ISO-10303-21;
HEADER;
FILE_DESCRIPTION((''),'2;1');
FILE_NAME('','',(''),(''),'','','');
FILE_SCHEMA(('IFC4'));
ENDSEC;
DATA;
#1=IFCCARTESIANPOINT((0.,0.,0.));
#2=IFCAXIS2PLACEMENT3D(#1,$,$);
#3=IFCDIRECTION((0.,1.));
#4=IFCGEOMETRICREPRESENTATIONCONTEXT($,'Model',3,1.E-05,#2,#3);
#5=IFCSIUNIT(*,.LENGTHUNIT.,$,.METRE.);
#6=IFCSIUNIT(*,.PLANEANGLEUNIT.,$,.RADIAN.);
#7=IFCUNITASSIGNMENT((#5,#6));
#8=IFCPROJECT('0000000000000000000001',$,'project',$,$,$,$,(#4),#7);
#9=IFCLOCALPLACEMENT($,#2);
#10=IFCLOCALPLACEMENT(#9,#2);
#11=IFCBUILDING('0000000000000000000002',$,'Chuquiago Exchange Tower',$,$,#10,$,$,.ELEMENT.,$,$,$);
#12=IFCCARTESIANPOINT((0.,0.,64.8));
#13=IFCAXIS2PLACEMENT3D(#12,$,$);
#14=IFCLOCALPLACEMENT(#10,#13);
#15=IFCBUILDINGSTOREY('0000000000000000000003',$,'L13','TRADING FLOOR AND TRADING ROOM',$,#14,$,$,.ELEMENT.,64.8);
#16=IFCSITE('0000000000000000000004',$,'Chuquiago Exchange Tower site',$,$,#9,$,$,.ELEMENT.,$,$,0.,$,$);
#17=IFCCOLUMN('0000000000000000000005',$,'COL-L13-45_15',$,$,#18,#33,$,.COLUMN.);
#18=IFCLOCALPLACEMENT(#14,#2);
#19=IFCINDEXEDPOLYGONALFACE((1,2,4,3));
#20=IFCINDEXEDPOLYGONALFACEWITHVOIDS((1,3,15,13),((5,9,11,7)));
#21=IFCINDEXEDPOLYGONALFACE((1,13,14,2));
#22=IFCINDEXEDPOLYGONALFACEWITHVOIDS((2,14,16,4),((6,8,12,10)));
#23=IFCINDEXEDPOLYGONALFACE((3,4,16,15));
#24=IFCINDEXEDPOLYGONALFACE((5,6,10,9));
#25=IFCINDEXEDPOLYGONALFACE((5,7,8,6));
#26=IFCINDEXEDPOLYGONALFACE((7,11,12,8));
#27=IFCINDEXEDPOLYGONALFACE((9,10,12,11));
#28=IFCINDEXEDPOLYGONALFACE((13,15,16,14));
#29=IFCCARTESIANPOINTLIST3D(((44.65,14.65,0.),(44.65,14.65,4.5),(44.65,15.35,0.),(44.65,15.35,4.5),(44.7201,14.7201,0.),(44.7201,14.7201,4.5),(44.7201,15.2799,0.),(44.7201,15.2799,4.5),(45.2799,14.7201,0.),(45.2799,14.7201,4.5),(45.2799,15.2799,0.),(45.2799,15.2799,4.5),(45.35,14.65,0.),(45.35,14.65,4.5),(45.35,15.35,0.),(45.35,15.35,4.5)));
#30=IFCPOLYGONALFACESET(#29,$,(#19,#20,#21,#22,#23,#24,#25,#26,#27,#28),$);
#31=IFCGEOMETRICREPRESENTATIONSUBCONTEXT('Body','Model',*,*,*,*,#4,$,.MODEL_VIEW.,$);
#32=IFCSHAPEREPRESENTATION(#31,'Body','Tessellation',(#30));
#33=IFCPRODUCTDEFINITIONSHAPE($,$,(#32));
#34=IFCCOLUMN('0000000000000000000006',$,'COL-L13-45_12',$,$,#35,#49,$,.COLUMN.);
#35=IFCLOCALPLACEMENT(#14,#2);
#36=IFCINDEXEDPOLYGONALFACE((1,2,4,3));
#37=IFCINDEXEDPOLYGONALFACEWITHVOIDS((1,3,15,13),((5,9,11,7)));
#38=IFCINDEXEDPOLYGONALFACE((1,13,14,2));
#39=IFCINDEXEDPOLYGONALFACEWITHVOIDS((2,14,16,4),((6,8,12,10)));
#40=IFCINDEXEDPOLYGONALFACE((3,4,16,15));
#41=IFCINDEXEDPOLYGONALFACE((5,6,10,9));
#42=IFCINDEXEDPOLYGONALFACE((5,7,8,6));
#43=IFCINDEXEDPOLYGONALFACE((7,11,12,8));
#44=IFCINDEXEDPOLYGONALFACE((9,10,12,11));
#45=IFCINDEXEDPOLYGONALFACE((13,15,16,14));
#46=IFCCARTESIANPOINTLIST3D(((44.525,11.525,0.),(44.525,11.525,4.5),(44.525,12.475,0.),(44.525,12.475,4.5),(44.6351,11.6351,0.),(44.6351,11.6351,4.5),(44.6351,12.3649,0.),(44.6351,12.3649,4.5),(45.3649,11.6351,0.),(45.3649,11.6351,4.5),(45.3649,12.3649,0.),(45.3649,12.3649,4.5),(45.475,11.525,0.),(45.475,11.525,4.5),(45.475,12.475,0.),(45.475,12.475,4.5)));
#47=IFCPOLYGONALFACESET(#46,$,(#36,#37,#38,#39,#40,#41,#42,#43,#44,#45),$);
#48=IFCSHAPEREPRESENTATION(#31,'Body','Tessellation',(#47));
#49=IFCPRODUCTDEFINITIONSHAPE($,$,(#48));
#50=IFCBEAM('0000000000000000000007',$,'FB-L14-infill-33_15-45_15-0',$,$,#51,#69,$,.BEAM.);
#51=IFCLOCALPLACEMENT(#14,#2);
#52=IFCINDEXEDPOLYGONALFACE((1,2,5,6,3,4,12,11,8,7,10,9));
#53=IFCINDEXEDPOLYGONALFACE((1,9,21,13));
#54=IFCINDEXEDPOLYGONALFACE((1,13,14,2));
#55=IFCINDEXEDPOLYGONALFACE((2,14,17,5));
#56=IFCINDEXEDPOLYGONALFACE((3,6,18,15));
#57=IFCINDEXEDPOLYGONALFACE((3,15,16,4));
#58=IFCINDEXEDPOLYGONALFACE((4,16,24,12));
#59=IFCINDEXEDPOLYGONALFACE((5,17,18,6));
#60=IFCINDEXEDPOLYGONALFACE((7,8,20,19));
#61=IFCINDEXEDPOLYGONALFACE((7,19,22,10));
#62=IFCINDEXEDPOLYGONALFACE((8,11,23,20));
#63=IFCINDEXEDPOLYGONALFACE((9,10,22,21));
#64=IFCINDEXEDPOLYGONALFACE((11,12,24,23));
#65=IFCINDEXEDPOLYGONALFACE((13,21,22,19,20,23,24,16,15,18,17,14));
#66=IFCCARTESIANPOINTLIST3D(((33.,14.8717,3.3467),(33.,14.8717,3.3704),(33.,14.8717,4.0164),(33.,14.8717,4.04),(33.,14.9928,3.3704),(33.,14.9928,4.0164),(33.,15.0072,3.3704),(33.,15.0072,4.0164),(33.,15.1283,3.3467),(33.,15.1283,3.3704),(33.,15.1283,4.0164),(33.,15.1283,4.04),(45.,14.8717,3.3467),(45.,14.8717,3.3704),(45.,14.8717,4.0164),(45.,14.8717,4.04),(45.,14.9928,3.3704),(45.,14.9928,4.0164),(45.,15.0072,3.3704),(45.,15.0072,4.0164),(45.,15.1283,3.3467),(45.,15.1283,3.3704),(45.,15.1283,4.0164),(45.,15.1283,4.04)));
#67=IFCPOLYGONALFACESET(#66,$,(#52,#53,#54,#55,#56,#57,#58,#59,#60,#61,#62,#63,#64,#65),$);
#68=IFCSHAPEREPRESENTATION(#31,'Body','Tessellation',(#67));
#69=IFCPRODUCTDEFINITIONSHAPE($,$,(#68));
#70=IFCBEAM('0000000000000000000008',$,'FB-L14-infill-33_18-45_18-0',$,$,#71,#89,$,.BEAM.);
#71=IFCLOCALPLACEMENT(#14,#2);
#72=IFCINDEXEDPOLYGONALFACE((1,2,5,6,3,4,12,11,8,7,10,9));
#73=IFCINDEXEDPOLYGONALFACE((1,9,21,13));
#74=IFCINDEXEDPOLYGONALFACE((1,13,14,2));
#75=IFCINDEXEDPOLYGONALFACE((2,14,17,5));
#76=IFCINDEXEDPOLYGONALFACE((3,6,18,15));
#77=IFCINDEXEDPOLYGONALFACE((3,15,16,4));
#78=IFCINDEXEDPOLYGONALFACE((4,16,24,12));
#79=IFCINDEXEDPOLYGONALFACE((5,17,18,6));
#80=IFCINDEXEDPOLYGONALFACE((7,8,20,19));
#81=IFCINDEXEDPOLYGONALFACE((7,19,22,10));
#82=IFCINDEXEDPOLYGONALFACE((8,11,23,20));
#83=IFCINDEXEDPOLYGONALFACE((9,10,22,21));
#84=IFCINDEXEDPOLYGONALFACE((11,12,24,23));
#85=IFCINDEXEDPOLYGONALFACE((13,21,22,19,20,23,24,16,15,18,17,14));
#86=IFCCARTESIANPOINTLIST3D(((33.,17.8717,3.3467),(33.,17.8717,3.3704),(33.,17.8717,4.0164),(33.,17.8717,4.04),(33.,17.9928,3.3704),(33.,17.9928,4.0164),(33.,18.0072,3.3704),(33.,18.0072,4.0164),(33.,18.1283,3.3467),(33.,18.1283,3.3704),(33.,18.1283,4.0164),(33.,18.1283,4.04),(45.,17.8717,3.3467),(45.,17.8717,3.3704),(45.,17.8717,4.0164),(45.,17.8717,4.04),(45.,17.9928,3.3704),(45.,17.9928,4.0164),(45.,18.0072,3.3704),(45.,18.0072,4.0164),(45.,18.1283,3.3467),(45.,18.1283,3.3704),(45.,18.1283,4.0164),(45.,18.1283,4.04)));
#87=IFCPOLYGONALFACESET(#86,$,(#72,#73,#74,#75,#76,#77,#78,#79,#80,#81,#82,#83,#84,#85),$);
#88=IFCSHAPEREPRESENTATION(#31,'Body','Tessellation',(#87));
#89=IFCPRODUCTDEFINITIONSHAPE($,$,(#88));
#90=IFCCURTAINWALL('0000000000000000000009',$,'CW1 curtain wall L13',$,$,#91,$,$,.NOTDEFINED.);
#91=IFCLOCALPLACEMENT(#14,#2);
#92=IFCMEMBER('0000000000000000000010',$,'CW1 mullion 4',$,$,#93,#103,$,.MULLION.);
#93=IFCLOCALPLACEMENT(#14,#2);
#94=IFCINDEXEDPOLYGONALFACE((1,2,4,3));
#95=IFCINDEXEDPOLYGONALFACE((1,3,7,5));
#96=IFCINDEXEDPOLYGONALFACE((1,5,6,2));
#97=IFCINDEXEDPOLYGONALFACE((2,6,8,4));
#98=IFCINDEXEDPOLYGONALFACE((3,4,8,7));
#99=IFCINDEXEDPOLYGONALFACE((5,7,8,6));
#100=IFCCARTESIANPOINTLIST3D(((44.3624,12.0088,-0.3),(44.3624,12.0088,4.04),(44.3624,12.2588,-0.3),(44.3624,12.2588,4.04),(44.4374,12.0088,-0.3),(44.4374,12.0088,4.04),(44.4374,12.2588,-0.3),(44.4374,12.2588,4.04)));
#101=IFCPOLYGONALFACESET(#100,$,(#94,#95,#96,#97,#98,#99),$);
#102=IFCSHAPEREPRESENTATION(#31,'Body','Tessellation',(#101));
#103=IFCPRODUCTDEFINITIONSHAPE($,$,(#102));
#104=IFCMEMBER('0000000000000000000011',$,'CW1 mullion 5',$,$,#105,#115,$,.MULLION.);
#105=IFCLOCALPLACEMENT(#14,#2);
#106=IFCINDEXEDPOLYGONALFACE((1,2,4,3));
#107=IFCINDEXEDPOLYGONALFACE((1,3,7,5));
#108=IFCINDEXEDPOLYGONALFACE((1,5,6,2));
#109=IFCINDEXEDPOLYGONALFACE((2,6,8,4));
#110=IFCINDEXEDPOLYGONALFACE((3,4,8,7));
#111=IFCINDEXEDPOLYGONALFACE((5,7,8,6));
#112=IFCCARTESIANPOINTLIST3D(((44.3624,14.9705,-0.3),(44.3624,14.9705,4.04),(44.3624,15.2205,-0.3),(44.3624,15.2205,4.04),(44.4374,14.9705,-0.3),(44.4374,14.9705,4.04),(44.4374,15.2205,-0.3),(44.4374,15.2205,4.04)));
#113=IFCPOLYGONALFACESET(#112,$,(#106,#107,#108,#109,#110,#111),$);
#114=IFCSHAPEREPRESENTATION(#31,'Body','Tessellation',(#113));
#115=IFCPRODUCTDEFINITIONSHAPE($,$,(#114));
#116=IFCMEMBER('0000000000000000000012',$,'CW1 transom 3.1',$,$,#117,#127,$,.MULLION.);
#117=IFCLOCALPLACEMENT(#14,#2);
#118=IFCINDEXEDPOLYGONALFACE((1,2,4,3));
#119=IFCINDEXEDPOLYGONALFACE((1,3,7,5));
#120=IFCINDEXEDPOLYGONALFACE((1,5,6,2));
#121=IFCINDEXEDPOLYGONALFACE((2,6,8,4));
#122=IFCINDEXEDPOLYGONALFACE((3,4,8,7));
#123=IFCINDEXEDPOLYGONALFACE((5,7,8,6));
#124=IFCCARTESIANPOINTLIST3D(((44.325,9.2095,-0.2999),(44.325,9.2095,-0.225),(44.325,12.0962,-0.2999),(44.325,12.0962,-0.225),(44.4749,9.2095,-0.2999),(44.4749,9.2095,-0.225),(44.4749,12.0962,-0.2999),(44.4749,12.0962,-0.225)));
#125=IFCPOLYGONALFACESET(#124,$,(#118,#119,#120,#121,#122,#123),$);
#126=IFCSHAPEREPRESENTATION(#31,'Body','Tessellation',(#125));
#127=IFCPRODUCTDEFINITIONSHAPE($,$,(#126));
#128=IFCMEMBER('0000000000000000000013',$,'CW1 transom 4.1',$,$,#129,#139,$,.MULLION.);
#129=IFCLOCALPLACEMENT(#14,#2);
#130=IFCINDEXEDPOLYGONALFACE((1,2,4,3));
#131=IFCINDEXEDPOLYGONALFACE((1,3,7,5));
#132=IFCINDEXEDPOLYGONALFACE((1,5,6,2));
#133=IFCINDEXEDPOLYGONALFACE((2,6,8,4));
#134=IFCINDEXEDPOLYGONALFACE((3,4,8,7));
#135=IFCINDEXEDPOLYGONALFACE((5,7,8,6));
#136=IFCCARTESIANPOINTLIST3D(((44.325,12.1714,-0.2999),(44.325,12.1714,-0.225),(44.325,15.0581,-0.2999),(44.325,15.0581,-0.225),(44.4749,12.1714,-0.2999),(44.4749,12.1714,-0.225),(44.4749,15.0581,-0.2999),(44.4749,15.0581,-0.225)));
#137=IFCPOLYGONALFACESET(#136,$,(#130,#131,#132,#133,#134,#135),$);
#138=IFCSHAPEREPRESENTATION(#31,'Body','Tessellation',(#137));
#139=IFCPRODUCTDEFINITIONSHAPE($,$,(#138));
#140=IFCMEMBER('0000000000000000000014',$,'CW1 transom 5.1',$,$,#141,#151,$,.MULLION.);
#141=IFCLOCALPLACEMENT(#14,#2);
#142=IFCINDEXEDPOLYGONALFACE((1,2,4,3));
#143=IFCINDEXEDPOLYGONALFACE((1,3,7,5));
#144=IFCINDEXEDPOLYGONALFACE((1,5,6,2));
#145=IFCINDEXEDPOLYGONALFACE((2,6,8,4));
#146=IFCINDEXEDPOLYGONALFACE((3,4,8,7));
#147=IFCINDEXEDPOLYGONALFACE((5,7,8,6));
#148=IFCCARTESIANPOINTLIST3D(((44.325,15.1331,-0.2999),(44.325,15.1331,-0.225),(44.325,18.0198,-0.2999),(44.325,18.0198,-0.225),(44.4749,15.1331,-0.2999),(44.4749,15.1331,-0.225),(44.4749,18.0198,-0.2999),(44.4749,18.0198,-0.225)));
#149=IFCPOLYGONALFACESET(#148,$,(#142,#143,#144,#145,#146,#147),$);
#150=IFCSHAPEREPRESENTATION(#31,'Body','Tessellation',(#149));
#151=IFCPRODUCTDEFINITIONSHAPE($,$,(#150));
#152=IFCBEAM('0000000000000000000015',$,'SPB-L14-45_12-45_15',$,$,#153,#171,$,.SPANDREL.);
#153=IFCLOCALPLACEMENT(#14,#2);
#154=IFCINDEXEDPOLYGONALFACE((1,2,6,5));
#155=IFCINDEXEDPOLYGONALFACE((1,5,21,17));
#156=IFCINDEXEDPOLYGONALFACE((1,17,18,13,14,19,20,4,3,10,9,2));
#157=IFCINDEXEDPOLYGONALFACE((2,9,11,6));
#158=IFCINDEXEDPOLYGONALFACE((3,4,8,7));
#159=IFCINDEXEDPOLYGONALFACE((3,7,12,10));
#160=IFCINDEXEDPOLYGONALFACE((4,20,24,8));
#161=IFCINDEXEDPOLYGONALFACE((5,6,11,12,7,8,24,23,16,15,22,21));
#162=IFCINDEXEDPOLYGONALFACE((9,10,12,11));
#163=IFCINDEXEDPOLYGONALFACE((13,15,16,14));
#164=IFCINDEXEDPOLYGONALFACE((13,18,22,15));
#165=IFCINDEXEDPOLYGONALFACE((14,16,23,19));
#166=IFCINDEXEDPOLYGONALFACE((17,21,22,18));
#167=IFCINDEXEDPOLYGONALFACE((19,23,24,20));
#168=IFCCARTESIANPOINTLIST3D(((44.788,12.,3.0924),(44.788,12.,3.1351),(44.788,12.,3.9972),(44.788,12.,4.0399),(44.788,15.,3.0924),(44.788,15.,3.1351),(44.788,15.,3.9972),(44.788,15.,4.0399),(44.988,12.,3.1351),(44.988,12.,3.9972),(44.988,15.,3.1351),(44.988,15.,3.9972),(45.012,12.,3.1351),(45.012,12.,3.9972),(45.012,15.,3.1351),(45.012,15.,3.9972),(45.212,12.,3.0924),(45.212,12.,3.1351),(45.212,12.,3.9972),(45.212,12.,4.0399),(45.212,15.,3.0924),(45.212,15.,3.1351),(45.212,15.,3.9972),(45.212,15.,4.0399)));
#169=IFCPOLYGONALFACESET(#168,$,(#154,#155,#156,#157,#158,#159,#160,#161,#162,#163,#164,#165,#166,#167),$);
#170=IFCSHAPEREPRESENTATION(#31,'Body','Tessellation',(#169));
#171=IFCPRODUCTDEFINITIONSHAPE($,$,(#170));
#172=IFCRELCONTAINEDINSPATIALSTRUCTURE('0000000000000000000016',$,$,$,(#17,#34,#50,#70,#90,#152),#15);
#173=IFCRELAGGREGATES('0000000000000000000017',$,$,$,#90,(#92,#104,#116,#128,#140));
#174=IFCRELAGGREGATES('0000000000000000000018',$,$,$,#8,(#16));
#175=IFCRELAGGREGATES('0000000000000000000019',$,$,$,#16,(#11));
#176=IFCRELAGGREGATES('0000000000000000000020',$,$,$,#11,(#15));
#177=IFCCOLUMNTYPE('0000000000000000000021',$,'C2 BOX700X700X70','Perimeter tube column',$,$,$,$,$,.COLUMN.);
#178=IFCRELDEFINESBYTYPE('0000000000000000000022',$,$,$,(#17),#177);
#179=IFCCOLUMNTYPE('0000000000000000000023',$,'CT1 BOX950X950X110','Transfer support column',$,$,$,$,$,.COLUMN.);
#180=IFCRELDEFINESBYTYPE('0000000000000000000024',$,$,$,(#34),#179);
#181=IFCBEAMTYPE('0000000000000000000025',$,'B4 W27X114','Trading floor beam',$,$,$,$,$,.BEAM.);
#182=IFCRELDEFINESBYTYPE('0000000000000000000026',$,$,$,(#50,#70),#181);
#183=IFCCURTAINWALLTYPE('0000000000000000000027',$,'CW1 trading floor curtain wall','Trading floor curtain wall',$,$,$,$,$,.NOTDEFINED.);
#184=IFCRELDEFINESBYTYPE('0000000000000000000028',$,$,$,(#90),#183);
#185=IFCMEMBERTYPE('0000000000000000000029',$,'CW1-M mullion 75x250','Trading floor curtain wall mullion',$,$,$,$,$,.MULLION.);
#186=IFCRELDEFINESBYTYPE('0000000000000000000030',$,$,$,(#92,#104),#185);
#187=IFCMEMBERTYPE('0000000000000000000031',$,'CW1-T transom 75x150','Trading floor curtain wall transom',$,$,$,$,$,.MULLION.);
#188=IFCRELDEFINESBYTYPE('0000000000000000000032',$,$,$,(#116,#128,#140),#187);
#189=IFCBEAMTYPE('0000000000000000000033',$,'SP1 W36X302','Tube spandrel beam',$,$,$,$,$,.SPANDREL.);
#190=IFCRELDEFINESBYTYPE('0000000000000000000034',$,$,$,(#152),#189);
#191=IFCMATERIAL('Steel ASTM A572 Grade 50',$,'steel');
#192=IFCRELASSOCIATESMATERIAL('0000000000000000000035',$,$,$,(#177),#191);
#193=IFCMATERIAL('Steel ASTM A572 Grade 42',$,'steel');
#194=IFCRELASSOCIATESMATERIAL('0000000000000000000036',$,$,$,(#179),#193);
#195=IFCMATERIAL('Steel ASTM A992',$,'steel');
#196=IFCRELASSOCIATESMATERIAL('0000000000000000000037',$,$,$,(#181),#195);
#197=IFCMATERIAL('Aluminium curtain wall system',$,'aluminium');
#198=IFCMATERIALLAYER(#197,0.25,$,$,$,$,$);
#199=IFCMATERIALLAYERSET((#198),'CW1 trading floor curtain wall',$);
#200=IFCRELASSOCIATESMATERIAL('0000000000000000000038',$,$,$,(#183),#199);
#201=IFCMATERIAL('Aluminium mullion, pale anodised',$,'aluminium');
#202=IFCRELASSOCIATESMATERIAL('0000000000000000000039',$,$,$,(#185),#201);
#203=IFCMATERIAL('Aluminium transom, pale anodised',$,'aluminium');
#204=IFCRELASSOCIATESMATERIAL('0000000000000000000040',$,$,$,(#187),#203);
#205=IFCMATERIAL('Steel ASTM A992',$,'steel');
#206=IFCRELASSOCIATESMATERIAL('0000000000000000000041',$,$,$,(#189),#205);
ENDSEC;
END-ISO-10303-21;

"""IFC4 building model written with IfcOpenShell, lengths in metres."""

from ifc_helpers import new_model, si_unit, direction, frame, origin, origin_2d, place, context, subcontext, project, spatial, rectangle, hollow_rectangle, i_section, extrude, material, layer, layer_set, material_profile, profile_set, type_object, element, aggregate, save


model = new_model("IFC4")

# Units and contexts
model_context = context("Model", 3, precision=1e-05, world=origin(), true_north=direction((0.0, 1.0)))
body_context = subcontext(model_context, "Body", "Model", "MODEL_VIEW")
ifc_project = project(units=[si_unit("LENGTHUNIT", "METRE"), si_unit("PLANEANGLEUNIT", "RADIAN")], contexts=[model_context])

# Site, building, storey
site_placement = place(None, origin())
site = spatial("IfcSite", under=ifc_project, at=site_placement, Name="Chuquiago Exchange Tower site", CompositionType="ELEMENT", RefElevation=0.0)
building_placement = place(site_placement, origin())
building = spatial("IfcBuilding", under=site, at=building_placement, Name="Chuquiago Exchange Tower", CompositionType="ELEMENT")
storey_placement = place(building_placement, frame((0.0, 0.0, 64.8)))
storey = spatial("IfcBuildingStorey", under=building, at=storey_placement, Name="L13", Description="TRADING FLOOR AND TRADING ROOM", CompositionType="ELEMENT", Elevation=64.8)

# Columns
ifc_material_1 = material(Name="Steel ASTM A572 Grade 50", Category="steel")
ifc_material_profile_1 = material_profile(ifc_material_1, hollow_rectangle(XDim=0.7, YDim=0.7, WallThickness=0.0701, at=origin_2d()), Name="BOX700X700X70")
ifc_profile_set_1 = profile_set([ifc_material_profile_1], Name="Steel ASTM A572 Grade 50")
column_type_1 = type_object("IfcColumnType", Name="C2 BOX700X700X70", Description="Perimeter tube column", PredefinedType="COLUMN", material=ifc_profile_set_1)
column_1_placement = place(storey_placement, frame((45.0, 15.0, 0.0), z_axis=(0.0, 0.0, 1.0), x_axis=(1.0, 0.0, 0.0)))
element("IfcColumn", 1, at=column_1_placement, inside=storey, type_object=column_type_1, Name="COL-L13-45_15", PredefinedType="COLUMN", context=body_context, shape_type="SweptSolid", body=[
    extrude(hollow_rectangle(XDim=0.7, YDim=0.7, WallThickness=0.0701, at=origin_2d()), origin(), (0.0, 0.0, 1.0), 4.5),
])
ifc_material_2 = material(Name="Steel ASTM A572 Grade 42", Category="steel")
ifc_material_profile_2 = material_profile(ifc_material_2, hollow_rectangle(XDim=0.95, YDim=0.95, WallThickness=0.1101, at=origin_2d()), Name="BOX950X950X110")
ifc_profile_set_2 = profile_set([ifc_material_profile_2], Name="Steel ASTM A572 Grade 42")
column_type_2 = type_object("IfcColumnType", Name="CT1 BOX950X950X110", Description="Transfer support column", PredefinedType="COLUMN", material=ifc_profile_set_2)
column_2_placement = place(storey_placement, frame((45.0, 12.0, 0.0), z_axis=(0.0, 0.0, 1.0), x_axis=(1.0, 0.0, 0.0)))
element("IfcColumn", 2, at=column_2_placement, inside=storey, type_object=column_type_2, Name="COL-L13-45_12", PredefinedType="COLUMN", context=body_context, shape_type="SweptSolid", body=[
    extrude(hollow_rectangle(XDim=0.95, YDim=0.95, WallThickness=0.1101, at=origin_2d()), origin(), (0.0, 0.0, 1.0), 4.5),
])

# Beams
ifc_material_3 = material(Name="Steel ASTM A992", Category="steel")
ifc_material_profile_3 = material_profile(ifc_material_3, i_section(OverallWidth=0.2566, OverallDepth=0.6934, WebThickness=0.0144, FlangeThickness=0.0237, at=origin_2d()), Name="W27X114")
ifc_profile_set_3 = profile_set([ifc_material_profile_3], Name="Steel ASTM A992")
beam_type_1 = type_object("IfcBeamType", Name="B4 W27X114", Description="Trading floor beam", PredefinedType="BEAM", material=ifc_profile_set_3)
for number, where, z_axis, x_axis, name in (
    (3, (33.0, 15.0, 3.6934), (1.0, 0.0, 0.0), (0.0, 1.0, 0.0), "FB-L14-infill-33_15-45_15-0"),
    (4, (33.0, 18.0, 3.6934), (1.0, 0.0, 0.0), (0.0, 1.0, 0.0), "FB-L14-infill-33_18-45_18-0"),
):
    element("IfcBeam", number, at=place(storey_placement, frame(where, z_axis=z_axis, x_axis=x_axis)), inside=storey, type_object=beam_type_1, Name=name, PredefinedType="BEAM", context=body_context, shape_type="SweptSolid", body=[
        extrude(i_section(OverallWidth=0.2566, OverallDepth=0.6934, WebThickness=0.0144, FlangeThickness=0.0237, at=origin_2d()), origin(), (0.0, 0.0, 1.0), 12.0),
    ])

# Curtain wall, members
ifc_material_4 = material(Name="Aluminium curtain wall system", Category="aluminium")
ifc_layer_1 = layer(ifc_material_4, 0.25)
ifc_layer_set_1 = layer_set([ifc_layer_1], Name="CW1 trading floor curtain wall")
curtain_wall_type = type_object("IfcCurtainWallType", Name="CW1 trading floor curtain wall", Description="Trading floor curtain wall", PredefinedType="NOTDEFINED", material=ifc_layer_set_1)
curtain_wall_placement = place(storey_placement, origin())
curtain_wall = element("IfcCurtainWall", 5, at=curtain_wall_placement, inside=storey, type_object=curtain_wall_type, Name="CW1 curtain wall L13", PredefinedType="NOTDEFINED")
ifc_material_5 = material(Name="Aluminium mullion, pale anodised", Category="aluminium")
ifc_material_profile_4 = material_profile(ifc_material_5, rectangle(XDim=0.075, YDim=0.25, at=origin_2d()), Name="AL 75x250")
ifc_profile_set_4 = profile_set([ifc_material_profile_4], Name="Aluminium mullion, pale anodised")
member_type_1 = type_object("IfcMemberType", Name="CW1-M mullion 75x250", Description="Trading floor curtain wall mullion", PredefinedType="MULLION", material=ifc_profile_set_4)
member_1_placement = place(storey_placement, frame((44.3999, 12.1338, -0.3), z_axis=(0.0, 0.0, 1.0), x_axis=(-1.0, 0.0, 0.0)))
member_1 = element("IfcMember", 6, at=member_1_placement, type_object=member_type_1, Name="CW1 mullion 4", PredefinedType="MULLION", context=body_context, shape_type="SweptSolid", body=[
    extrude(rectangle(XDim=0.075, YDim=0.25, at=origin_2d()), origin(), (0.0, 0.0, 1.0), 4.3401),
])
member_2_placement = place(storey_placement, frame((44.3999, 15.0955, -0.3), z_axis=(0.0, 0.0, 1.0), x_axis=(-1.0, 0.0, 0.0)))
member_2 = element("IfcMember", 7, at=member_2_placement, type_object=member_type_1, Name="CW1 mullion 5", PredefinedType="MULLION", context=body_context, shape_type="SweptSolid", body=[
    extrude(rectangle(XDim=0.075, YDim=0.25, at=origin_2d()), origin(), (0.0, 0.0, 1.0), 4.3401),
])
ifc_material_6 = material(Name="Aluminium transom, pale anodised", Category="aluminium")
ifc_material_profile_5 = material_profile(ifc_material_6, rectangle(XDim=0.1499, YDim=0.075, at=origin_2d()), Name="AL 150x75")
ifc_profile_set_5 = profile_set([ifc_material_profile_5], Name="Aluminium transom, pale anodised")
member_type_2 = type_object("IfcMemberType", Name="CW1-T transom 75x150", Description="Trading floor curtain wall transom", PredefinedType="MULLION", material=ifc_profile_set_5)
member_3_placement = place(storey_placement, frame((44.3999, 9.2095, -0.2625), z_axis=(0.0, 1.0, 0.0), x_axis=(-1.0, 0.0, 0.0)))
member_3 = element("IfcMember", 8, at=member_3_placement, type_object=member_type_2, Name="CW1 transom 3.1", PredefinedType="MULLION", context=body_context, shape_type="SweptSolid", body=[
    extrude(rectangle(XDim=0.1499, YDim=0.075, at=origin_2d()), origin(), (0.0, 0.0, 1.0), 2.8867),
])
member_4_placement = place(storey_placement, frame((44.3999, 12.1714, -0.2625), z_axis=(0.0, 1.0, 0.0), x_axis=(-1.0, 0.0, 0.0)))
member_4 = element("IfcMember", 9, at=member_4_placement, type_object=member_type_2, Name="CW1 transom 4.1", PredefinedType="MULLION", context=body_context, shape_type="SweptSolid", body=[
    extrude(rectangle(XDim=0.1499, YDim=0.075, at=origin_2d()), origin(), (0.0, 0.0, 1.0), 2.8867),
])
member_5_placement = place(storey_placement, frame((44.3999, 15.1331, -0.2625), z_axis=(0.0, 1.0, 0.0), x_axis=(-1.0, 0.0, 0.0)))
member_5 = element("IfcMember", 10, at=member_5_placement, type_object=member_type_2, Name="CW1 transom 5.1", PredefinedType="MULLION", context=body_context, shape_type="SweptSolid", body=[
    extrude(rectangle(XDim=0.1499, YDim=0.075, at=origin_2d()), origin(), (0.0, 0.0, 1.0), 2.8867),
])

# Beam
ifc_material_7 = material(Name="Steel ASTM A992", Category="steel")
ifc_material_profile_6 = material_profile(ifc_material_7, i_section(OverallWidth=0.4241, OverallDepth=0.9475, WebThickness=0.0239, FlangeThickness=0.0427, at=origin_2d()), Name="W36X302")
ifc_profile_set_6 = profile_set([ifc_material_profile_6], Name="Steel ASTM A992")
beam_type_2 = type_object("IfcBeamType", Name="SP1 W36X302", Description="Tube spandrel beam", PredefinedType="SPANDREL", material=ifc_profile_set_6)
for number, where, z_axis, x_axis, name in (
    (11, (45.0, 12.0, 3.5662), (0.0, 1.0, 0.0), (-1.0, 0.0, 0.0), "SPB-L14-45_12-45_15"),
):
    element("IfcBeam", number, at=place(storey_placement, frame(where, z_axis=z_axis, x_axis=x_axis)), inside=storey, type_object=beam_type_2, Name=name, PredefinedType="SPANDREL", context=body_context, shape_type="SweptSolid", body=[
        extrude(i_section(OverallWidth=0.4241, OverallDepth=0.9475, WebThickness=0.0239, FlangeThickness=0.0427, at=origin_2d()), origin(), (0.0, 0.0, 1.0), 3.0),
    ])

aggregate(curtain_wall, [member_1, member_2, member_3, member_4, member_5])

save(model, "model.ifc")
